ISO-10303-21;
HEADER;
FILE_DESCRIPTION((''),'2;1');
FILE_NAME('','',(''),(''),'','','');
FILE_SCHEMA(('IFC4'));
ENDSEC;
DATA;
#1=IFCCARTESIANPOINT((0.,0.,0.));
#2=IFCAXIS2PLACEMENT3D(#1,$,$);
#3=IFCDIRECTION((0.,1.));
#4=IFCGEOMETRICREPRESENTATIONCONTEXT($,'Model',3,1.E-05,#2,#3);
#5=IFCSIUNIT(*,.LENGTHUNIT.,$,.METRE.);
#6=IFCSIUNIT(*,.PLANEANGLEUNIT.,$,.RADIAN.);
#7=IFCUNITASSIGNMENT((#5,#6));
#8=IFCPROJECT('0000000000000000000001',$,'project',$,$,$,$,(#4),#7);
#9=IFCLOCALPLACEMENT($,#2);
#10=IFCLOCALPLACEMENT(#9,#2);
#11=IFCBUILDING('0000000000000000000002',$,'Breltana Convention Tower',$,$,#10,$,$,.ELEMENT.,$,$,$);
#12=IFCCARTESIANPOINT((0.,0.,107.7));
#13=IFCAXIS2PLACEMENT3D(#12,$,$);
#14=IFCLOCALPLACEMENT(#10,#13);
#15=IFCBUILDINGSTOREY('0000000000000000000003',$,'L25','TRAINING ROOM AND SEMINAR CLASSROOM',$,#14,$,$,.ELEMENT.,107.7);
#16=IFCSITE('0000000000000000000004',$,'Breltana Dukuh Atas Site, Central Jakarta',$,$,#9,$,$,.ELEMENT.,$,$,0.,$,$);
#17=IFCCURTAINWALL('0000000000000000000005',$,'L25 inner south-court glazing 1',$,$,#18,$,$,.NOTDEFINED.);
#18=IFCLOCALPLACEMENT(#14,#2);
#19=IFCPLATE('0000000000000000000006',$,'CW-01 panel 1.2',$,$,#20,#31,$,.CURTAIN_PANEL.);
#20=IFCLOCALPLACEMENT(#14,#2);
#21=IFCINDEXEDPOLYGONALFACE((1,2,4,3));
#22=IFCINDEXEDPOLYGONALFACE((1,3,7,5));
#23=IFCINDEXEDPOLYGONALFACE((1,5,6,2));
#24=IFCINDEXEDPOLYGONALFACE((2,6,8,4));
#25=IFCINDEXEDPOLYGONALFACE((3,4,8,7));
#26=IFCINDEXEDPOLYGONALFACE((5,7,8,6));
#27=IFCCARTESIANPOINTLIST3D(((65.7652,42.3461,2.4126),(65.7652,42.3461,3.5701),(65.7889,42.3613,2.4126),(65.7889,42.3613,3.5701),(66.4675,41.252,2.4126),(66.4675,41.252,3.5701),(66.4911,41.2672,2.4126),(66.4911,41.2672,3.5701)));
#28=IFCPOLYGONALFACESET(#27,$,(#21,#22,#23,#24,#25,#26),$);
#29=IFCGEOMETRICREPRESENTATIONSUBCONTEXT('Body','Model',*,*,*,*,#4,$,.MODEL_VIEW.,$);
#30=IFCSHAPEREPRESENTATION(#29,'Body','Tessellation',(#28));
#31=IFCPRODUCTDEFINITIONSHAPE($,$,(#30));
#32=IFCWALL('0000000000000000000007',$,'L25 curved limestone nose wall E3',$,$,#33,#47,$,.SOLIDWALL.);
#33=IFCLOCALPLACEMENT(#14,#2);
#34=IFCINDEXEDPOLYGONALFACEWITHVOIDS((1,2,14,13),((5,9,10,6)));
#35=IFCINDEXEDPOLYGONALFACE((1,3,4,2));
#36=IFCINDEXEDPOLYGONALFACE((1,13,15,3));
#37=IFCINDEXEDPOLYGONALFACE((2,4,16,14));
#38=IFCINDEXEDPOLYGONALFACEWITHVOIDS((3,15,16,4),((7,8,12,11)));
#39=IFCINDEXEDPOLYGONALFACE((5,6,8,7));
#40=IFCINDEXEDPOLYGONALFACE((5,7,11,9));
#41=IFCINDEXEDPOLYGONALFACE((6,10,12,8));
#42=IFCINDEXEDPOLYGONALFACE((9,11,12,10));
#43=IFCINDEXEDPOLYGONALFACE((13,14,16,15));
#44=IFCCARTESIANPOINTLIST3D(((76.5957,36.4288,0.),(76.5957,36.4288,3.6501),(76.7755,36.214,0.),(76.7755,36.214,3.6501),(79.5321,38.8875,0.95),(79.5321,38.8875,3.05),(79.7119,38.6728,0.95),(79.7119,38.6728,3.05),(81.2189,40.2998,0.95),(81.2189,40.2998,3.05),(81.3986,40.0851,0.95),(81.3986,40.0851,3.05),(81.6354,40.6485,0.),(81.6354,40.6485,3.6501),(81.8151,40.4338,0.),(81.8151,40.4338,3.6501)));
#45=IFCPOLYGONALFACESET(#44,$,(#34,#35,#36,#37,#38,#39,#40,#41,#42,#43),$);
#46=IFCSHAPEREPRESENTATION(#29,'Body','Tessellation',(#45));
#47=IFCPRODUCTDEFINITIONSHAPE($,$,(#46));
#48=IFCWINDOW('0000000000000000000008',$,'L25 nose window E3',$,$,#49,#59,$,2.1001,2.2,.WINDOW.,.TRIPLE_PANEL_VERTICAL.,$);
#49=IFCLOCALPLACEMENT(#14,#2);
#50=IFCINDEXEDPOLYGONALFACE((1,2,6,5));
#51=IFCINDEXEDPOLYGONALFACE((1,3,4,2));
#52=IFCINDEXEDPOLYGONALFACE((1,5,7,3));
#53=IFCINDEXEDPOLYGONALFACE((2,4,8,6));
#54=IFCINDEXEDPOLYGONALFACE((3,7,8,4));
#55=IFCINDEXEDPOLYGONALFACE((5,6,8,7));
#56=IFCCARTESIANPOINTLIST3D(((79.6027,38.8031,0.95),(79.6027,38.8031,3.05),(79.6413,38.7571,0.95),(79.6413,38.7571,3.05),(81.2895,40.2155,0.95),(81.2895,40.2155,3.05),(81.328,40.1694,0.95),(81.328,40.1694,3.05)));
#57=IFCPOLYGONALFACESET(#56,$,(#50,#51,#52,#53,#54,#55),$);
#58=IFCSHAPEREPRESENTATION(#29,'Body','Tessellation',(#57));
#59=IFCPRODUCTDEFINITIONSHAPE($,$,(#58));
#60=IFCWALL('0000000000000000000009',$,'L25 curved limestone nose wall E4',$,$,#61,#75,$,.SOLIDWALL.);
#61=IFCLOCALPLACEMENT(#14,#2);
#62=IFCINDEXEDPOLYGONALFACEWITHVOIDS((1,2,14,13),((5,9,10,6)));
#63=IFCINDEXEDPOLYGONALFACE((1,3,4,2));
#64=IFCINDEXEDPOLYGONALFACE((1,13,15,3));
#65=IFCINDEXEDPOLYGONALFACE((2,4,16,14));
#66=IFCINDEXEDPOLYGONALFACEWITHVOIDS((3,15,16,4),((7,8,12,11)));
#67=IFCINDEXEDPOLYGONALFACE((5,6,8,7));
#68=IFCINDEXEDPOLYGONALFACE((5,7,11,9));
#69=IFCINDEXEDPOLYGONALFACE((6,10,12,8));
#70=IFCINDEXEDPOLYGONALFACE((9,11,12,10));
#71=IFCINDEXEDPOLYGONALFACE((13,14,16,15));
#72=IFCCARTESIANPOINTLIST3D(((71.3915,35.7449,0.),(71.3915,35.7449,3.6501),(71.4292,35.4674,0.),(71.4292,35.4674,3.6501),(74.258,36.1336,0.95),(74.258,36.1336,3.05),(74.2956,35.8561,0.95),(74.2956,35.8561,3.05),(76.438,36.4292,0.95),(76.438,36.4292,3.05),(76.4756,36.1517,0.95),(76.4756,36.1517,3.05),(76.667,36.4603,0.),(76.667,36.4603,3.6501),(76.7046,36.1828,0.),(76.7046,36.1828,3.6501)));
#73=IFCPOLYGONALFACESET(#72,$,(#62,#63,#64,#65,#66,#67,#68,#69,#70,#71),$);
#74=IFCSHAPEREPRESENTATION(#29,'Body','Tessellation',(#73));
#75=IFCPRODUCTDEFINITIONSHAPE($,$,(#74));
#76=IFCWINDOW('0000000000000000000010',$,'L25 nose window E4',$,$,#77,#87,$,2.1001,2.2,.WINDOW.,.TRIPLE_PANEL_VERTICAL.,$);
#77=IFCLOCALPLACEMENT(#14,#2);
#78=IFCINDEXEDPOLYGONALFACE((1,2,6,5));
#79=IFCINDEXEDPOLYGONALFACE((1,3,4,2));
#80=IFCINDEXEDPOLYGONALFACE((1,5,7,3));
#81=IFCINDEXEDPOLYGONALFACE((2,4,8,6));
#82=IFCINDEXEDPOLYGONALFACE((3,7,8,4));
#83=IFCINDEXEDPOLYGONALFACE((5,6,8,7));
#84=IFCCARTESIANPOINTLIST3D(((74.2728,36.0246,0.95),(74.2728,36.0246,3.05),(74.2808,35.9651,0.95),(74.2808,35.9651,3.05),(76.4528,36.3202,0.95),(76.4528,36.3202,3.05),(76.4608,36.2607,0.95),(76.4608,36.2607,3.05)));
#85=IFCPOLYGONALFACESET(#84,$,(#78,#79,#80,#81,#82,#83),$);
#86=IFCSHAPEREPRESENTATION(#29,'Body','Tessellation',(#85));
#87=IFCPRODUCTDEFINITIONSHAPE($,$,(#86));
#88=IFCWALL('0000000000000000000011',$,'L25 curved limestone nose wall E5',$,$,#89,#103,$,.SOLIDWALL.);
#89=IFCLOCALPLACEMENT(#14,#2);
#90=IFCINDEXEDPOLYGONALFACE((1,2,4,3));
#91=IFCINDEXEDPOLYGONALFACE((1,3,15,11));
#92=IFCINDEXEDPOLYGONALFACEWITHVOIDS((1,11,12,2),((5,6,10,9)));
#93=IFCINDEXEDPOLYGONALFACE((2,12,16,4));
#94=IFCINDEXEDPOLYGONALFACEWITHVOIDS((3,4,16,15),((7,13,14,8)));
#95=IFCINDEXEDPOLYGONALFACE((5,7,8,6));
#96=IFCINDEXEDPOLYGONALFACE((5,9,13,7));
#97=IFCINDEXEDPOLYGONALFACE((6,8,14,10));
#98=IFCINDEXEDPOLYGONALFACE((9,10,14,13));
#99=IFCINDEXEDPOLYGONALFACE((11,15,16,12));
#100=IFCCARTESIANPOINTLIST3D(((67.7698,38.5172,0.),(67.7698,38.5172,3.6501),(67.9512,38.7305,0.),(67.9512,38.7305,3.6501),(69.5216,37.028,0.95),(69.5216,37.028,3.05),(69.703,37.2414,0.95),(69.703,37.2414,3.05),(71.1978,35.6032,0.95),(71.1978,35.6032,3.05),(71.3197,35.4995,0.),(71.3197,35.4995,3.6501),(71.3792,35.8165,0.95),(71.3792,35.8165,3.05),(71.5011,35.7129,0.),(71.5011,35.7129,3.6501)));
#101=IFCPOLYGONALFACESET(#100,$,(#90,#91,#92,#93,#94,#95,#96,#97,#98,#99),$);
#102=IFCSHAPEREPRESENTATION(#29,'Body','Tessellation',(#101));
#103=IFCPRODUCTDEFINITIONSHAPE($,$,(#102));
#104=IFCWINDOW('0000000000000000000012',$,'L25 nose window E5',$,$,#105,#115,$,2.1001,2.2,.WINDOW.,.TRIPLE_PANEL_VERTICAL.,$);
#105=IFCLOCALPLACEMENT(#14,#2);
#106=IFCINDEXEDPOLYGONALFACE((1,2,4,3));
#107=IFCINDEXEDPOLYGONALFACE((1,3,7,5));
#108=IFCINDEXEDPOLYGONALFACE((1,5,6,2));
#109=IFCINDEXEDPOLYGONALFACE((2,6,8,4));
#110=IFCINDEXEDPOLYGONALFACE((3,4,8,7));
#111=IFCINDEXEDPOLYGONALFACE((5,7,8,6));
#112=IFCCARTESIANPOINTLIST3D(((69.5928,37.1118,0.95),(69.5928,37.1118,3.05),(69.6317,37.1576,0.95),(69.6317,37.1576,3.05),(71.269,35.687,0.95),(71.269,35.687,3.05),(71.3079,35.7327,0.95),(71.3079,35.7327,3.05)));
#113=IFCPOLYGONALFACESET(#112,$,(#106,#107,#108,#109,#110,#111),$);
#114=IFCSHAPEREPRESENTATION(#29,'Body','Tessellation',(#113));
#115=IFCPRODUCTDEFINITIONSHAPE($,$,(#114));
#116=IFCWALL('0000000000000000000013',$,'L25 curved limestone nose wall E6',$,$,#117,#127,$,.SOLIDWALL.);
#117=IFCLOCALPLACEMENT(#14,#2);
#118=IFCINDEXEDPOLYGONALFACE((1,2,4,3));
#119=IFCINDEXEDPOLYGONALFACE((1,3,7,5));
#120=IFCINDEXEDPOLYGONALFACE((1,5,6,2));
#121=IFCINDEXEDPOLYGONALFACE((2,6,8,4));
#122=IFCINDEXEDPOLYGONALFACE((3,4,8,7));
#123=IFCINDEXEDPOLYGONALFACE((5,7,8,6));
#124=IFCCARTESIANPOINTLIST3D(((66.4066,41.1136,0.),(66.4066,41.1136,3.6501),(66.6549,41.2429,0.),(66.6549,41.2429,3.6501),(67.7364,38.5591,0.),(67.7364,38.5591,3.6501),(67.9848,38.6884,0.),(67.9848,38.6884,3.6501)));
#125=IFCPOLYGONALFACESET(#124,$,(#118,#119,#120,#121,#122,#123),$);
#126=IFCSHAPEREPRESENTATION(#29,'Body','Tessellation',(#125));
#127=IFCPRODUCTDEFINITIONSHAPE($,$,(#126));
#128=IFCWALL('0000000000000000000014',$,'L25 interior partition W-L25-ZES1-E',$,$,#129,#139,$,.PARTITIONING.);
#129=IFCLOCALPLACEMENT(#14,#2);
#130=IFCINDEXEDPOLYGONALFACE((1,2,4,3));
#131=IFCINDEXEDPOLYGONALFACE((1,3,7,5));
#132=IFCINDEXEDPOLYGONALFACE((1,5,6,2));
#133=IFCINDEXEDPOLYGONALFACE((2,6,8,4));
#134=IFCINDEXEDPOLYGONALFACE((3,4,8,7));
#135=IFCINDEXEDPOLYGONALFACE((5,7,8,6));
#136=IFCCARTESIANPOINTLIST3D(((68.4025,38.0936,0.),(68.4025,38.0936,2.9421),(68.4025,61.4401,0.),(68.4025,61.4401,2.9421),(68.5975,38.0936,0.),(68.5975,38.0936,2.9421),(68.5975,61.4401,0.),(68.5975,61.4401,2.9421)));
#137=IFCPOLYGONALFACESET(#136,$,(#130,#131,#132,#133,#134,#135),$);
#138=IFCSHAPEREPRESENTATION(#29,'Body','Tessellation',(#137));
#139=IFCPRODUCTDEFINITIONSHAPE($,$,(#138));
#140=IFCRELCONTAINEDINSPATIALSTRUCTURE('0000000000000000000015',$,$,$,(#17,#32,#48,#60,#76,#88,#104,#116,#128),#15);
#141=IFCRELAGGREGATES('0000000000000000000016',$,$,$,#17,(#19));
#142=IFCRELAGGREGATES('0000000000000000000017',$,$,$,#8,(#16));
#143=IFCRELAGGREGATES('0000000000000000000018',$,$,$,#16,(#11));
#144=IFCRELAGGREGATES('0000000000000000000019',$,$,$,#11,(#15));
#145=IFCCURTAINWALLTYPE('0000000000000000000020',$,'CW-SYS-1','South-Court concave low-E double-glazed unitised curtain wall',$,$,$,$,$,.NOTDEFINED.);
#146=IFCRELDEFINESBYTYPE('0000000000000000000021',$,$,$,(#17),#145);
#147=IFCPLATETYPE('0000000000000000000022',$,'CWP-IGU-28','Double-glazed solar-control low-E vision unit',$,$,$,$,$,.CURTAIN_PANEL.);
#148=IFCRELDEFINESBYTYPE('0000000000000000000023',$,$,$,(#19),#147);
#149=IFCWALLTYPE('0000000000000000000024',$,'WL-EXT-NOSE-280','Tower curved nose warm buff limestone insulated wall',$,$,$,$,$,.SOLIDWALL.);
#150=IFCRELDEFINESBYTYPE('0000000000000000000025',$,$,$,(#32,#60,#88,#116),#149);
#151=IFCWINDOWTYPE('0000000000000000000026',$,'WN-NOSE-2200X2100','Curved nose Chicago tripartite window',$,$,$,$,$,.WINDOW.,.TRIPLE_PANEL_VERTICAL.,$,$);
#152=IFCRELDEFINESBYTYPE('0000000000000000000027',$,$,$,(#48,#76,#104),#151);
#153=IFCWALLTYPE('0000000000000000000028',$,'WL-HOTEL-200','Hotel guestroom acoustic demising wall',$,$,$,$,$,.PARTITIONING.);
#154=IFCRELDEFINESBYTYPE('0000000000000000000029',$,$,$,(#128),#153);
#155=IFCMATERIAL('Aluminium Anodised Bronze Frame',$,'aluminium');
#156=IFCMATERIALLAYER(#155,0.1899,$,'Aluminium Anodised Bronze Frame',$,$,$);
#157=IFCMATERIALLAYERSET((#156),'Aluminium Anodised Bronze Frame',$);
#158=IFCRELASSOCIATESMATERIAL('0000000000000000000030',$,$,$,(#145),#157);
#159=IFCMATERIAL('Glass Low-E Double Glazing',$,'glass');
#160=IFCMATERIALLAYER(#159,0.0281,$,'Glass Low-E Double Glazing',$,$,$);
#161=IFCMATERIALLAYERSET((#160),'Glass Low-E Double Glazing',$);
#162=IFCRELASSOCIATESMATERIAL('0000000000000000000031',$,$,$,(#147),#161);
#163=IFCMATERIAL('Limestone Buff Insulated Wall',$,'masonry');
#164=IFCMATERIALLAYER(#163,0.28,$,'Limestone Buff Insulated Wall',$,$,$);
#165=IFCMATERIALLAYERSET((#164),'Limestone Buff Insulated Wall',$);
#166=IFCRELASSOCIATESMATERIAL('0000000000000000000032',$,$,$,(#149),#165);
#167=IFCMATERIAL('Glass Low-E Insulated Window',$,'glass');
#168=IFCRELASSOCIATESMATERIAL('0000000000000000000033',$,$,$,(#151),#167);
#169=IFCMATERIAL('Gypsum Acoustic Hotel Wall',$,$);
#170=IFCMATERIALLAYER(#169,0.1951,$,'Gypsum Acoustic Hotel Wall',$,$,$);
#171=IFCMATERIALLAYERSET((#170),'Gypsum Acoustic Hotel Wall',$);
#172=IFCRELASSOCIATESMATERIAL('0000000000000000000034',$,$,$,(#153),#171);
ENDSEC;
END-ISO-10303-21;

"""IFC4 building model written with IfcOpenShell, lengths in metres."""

from ifc_helpers import new_model, si_unit, direction, frame, frame_2d, origin, origin_2d, place, context, subcontext, project, spatial, rectangle, extrude, source, transform, mapped, material, layer, layer_set, type_object, type_shapes, element, fill, aggregate, save


model = new_model("IFC4")

# Units and contexts
model_context = context("Model", 3, precision=1e-05, world=origin(), true_north=direction((0.0, 1.0)))
body_context = subcontext(model_context, "Body", "Model", "MODEL_VIEW")
ifc_project = project(units=[si_unit("LENGTHUNIT", "METRE"), si_unit("PLANEANGLEUNIT", "RADIAN")], contexts=[model_context])

# Site, building, storey
site_placement = place(None, origin())
site = spatial("IfcSite", under=ifc_project, at=site_placement, Name="Breltana Dukuh Atas Site, Central Jakarta", CompositionType="ELEMENT", RefElevation=0.0)
building_placement = place(site_placement, origin())
building = spatial("IfcBuilding", under=site, at=building_placement, Name="Breltana Convention Tower", CompositionType="ELEMENT")
storey_placement = place(building_placement, frame((0.0, 0.0, 107.7)))
storey = spatial("IfcBuildingStorey", under=building, at=storey_placement, Name="L25", Description="TRAINING ROOM AND SEMINAR CLASSROOM", CompositionType="ELEMENT", Elevation=107.7)

# Curtain wall, plate
ifc_material_1 = material(Name="Aluminium Anodised Bronze Frame", Category="aluminium")
ifc_layer_1 = layer(ifc_material_1, 0.1899, Name="Aluminium Anodised Bronze Frame")
ifc_layer_set_1 = layer_set([ifc_layer_1], Name="Aluminium Anodised Bronze Frame")
curtain_wall_type = type_object("IfcCurtainWallType", Name="CW-SYS-1", Description="South-Court concave low-E double-glazed unitised curtain wall", PredefinedType="NOTDEFINED", material=ifc_layer_set_1)
curtain_wall_placement = place(storey_placement, origin())
curtain_wall = element("IfcCurtainWall", 1, at=curtain_wall_placement, inside=storey, type_object=curtain_wall_type, Name="L25 inner south-court glazing 1", PredefinedType="NOTDEFINED")
ifc_material_2 = material(Name="Glass Low-E Double Glazing", Category="glass")
ifc_layer_2 = layer(ifc_material_2, 0.0281, Name="Glass Low-E Double Glazing")
ifc_layer_set_2 = layer_set([ifc_layer_2], Name="Glass Low-E Double Glazing")
plate_type = type_object("IfcPlateType", Name="CWP-IGU-28", Description="Double-glazed solar-control low-E vision unit", PredefinedType="CURTAIN_PANEL", material=ifc_layer_set_2)
shared_shape_1 = source(origin(), body_context, "Body", "SweptSolid", [
    extrude(rectangle(XDim=1.3, YDim=0.0281, at=origin_2d()), origin(), (0.0, 0.0, 1.0), 1.1575),
])
plate_1_placement = place(storey_placement, frame((66.1282, 41.8066, 2.4126), z_axis=(0.0, 0.0, 1.0), x_axis=(-0.540177, 0.841551, 0.0)))
plate_1 = element("IfcPlate", 2, at=plate_1_placement, type_object=plate_type, Name="CW-01 panel 1.2", PredefinedType="CURTAIN_PANEL", context=body_context, shape_type="MappedRepresentation", body=[
    mapped(shared_shape_1, transform((0.0, 0.0, 0.0), scale=1.0)),
])
aggregate(curtain_wall, [plate_1])

# Walls, openings, windows
ifc_material_3 = material(Name="Limestone Buff Insulated Wall", Category="masonry")
ifc_layer_3 = layer(ifc_material_3, 0.28, Name="Limestone Buff Insulated Wall")
ifc_layer_set_3 = layer_set([ifc_layer_3], Name="Limestone Buff Insulated Wall")
wall_type_1 = type_object("IfcWallType", Name="WL-EXT-NOSE-280", Description="Tower curved nose warm buff limestone insulated wall", PredefinedType="SOLIDWALL", material=ifc_layer_set_3)
shared_shape_2 = source(origin(), body_context, "Body", "SweptSolid", [
    extrude(rectangle(XDim=6.573, YDim=0.28, at=frame_2d((3.2866, 0.0))), origin(), (0.0, 0.0, 1.0), 3.6501),
])
wall_1_placement = place(storey_placement, frame((81.7253, 40.5413, 0.0), z_axis=(0.0, 0.0, 1.0), x_axis=(-0.766715, -0.641987, 0.0)))
wall_1 = element("IfcWall", 3, at=wall_1_placement, inside=storey, type_object=wall_type_1, Name="L25 curved limestone nose wall E3", PredefinedType="SOLIDWALL", context=body_context, shape_type="MappedRepresentation", body=[
    mapped(shared_shape_2, transform((0.0, 0.0, 0.0), scale=1.0)),
])
opening_1_placement = place(wall_1_placement, frame((0.5432, 0.0, 0.95)))
opening_1 = element("IfcOpeningElement", 4, at=opening_1_placement, cuts=wall_1, PredefinedType="OPENING", context=body_context, shape_type="SweptSolid", body=[
    extrude(rectangle(XDim=2.2, YDim=2.1001, at=frame_2d((1.1001, 1.05))), frame((0.0, 0.1499, 0.0), z_axis=(0.0, -1.0, 0.0), x_axis=(1.0, 0.0, 0.0)), (0.0, 0.0, 1.0), 0.3),
])
ifc_material_4 = material(Name="Glass Low-E Insulated Window", Category="glass")
window_type = type_object("IfcWindowType", Name="WN-NOSE-2200X2100", Description="Curved nose Chicago tripartite window", PartitioningType="TRIPLE_PANEL_VERTICAL", PredefinedType="WINDOW", material=ifc_material_4)
shared_shape_3 = source(origin(), body_context, "Body", "SweptSolid", [
    extrude(rectangle(XDim=2.2, YDim=2.1001, at=frame_2d((1.1001, 1.05))), frame((0.0, 0.03, 0.0), z_axis=(0.0, -1.0, 0.0), x_axis=(1.0, 0.0, 0.0)), (0.0, 0.0, 1.0), 0.0601),
])
type_shapes(window_type, [shared_shape_3])
window_1_placement = place(opening_1_placement, origin())
window_1 = element("IfcWindow", 5, at=window_1_placement, inside=storey, type_object=window_type, Name="L25 nose window E3", OverallHeight=2.1001, OverallWidth=2.2, PartitioningType="TRIPLE_PANEL_VERTICAL", PredefinedType="WINDOW", context=body_context, shape_type="MappedRepresentation", body=[
    mapped(shared_shape_3, transform((0.0, 0.0, 0.0), scale=1.0)),
])
fill(opening_1, window_1)
shared_shape_4 = source(origin(), body_context, "Body", "SweptSolid", [
    extrude(rectangle(XDim=5.3237, YDim=0.28, at=frame_2d((2.6619, 0.0))), origin(), (0.0, 0.0, 1.0), 3.6501),
])
wall_2_placement = place(storey_placement, frame((76.6858, 36.3215, 0.0), z_axis=(0.0, 0.0, 1.0), x_axis=(-0.990931, -0.134368, 0.0)))
wall_2 = element("IfcWall", 6, at=wall_2_placement, inside=storey, type_object=wall_type_1, Name="L25 curved limestone nose wall E4", PredefinedType="SOLIDWALL", context=body_context, shape_type="MappedRepresentation", body=[
    mapped(shared_shape_4, transform((0.0, 0.0, 0.0), scale=1.0)),
])
opening_2_placement = place(wall_2_placement, frame((0.231, 0.0, 0.95)))
opening_2 = element("IfcOpeningElement", 7, at=opening_2_placement, cuts=wall_2, PredefinedType="OPENING", context=body_context, shape_type="SweptSolid", body=[
    extrude(rectangle(XDim=2.2, YDim=2.1001, at=frame_2d((1.1001, 1.05))), frame((0.0, 0.1499, 0.0), z_axis=(0.0, -1.0, 0.0), x_axis=(1.0, 0.0, 0.0)), (0.0, 0.0, 1.0), 0.3),
])
window_2_placement = place(opening_2_placement, origin())
window_2 = element("IfcWindow", 8, at=window_2_placement, inside=storey, type_object=window_type, Name="L25 nose window E4", OverallHeight=2.1001, OverallWidth=2.2, PartitioningType="TRIPLE_PANEL_VERTICAL", PredefinedType="WINDOW", context=body_context, shape_type="MappedRepresentation", body=[
    mapped(shared_shape_3, transform((0.0, 0.0, 0.0), scale=1.0)),
])
fill(opening_2, window_2)
shared_shape_5 = source(origin(), body_context, "Body", "SweptSolid", [
    extrude(rectangle(XDim=4.6592, YDim=0.28, at=frame_2d((2.3296, 0.0))), origin(), (0.0, 0.0, 1.0), 3.6501),
])
wall_3_placement = place(storey_placement, frame((71.4104, 35.6062, 0.0), z_axis=(0.0, 0.0, 1.0), x_axis=(-0.761913, 0.647679, 0.0)))
wall_3 = element("IfcWall", 9, at=wall_3_placement, inside=storey, type_object=wall_type_1, Name="L25 curved limestone nose wall E5", PredefinedType="SOLIDWALL", context=body_context, shape_type="MappedRepresentation", body=[
    mapped(shared_shape_5, transform((0.0, 0.0, 0.0), scale=1.0)),
])
opening_3_placement = place(wall_3_placement, frame((0.1599, 0.0, 0.95)))
opening_3 = element("IfcOpeningElement", 10, at=opening_3_placement, cuts=wall_3, PredefinedType="OPENING", context=body_context, shape_type="SweptSolid", body=[
    extrude(rectangle(XDim=2.2, YDim=2.1001, at=frame_2d((1.1001, 1.05))), frame((0.0, 0.1499, 0.0), z_axis=(0.0, -1.0, 0.0), x_axis=(1.0, 0.0, 0.0)), (0.0, 0.0, 1.0), 0.3),
])
window_3_placement = place(opening_3_placement, origin())
window_3 = element("IfcWindow", 11, at=window_3_placement, inside=storey, type_object=window_type, Name="L25 nose window E5", OverallHeight=2.1001, OverallWidth=2.2, PartitioningType="TRIPLE_PANEL_VERTICAL", PredefinedType="WINDOW", context=body_context, shape_type="MappedRepresentation", body=[
    mapped(shared_shape_3, transform((0.0, 0.0, 0.0), scale=1.0)),
])
fill(opening_3, window_3)

# Walls
shared_shape_6 = source(origin(), body_context, "Body", "SweptSolid", [
    extrude(rectangle(XDim=2.8799, YDim=0.28, at=frame_2d((1.4399, 0.0))), origin(), (0.0, 0.0, 1.0), 3.6501),
])
wall_4_placement = place(storey_placement, frame((67.8606, 38.6238, 0.0), z_axis=(0.0, 0.0, 1.0), x_axis=(-0.461769, 0.887, 0.0)))
element("IfcWall", 12, at=wall_4_placement, inside=storey, type_object=wall_type_1, Name="L25 curved limestone nose wall E6", PredefinedType="SOLIDWALL", context=body_context, shape_type="MappedRepresentation", body=[
    mapped(shared_shape_6, transform((0.0, 0.0, 0.0), scale=1.0)),
])
ifc_material_5 = material(Name="Gypsum Acoustic Hotel Wall")
ifc_layer_4 = layer(ifc_material_5, 0.1951, Name="Gypsum Acoustic Hotel Wall")
ifc_layer_set_4 = layer_set([ifc_layer_4], Name="Gypsum Acoustic Hotel Wall")
wall_type_2 = type_object("IfcWallType", Name="WL-HOTEL-200", Description="Hotel guestroom acoustic demising wall", PredefinedType="PARTITIONING", material=ifc_layer_set_4)
shared_shape_7 = source(origin(), body_context, "Body", "SweptSolid", [
    extrude(rectangle(XDim=23.3464, YDim=0.1951, at=frame_2d((11.6733, 0.0))), origin(), (0.0, 0.0, 1.0), 2.9421),
])
wall_5_placement = place(storey_placement, frame((68.5, 38.0935, 0.0), z_axis=(0.0, 0.0, 1.0), x_axis=(0.0, 1.0, 0.0)))
element("IfcWall", 13, at=wall_5_placement, inside=storey, type_object=wall_type_2, Name="L25 interior partition W-L25-ZES1-E", PredefinedType="PARTITIONING", context=body_context, shape_type="MappedRepresentation", body=[
    mapped(shared_shape_7, transform((0.0, 0.0, 0.0), scale=1.0)),
])

save(model, "model.ifc")
